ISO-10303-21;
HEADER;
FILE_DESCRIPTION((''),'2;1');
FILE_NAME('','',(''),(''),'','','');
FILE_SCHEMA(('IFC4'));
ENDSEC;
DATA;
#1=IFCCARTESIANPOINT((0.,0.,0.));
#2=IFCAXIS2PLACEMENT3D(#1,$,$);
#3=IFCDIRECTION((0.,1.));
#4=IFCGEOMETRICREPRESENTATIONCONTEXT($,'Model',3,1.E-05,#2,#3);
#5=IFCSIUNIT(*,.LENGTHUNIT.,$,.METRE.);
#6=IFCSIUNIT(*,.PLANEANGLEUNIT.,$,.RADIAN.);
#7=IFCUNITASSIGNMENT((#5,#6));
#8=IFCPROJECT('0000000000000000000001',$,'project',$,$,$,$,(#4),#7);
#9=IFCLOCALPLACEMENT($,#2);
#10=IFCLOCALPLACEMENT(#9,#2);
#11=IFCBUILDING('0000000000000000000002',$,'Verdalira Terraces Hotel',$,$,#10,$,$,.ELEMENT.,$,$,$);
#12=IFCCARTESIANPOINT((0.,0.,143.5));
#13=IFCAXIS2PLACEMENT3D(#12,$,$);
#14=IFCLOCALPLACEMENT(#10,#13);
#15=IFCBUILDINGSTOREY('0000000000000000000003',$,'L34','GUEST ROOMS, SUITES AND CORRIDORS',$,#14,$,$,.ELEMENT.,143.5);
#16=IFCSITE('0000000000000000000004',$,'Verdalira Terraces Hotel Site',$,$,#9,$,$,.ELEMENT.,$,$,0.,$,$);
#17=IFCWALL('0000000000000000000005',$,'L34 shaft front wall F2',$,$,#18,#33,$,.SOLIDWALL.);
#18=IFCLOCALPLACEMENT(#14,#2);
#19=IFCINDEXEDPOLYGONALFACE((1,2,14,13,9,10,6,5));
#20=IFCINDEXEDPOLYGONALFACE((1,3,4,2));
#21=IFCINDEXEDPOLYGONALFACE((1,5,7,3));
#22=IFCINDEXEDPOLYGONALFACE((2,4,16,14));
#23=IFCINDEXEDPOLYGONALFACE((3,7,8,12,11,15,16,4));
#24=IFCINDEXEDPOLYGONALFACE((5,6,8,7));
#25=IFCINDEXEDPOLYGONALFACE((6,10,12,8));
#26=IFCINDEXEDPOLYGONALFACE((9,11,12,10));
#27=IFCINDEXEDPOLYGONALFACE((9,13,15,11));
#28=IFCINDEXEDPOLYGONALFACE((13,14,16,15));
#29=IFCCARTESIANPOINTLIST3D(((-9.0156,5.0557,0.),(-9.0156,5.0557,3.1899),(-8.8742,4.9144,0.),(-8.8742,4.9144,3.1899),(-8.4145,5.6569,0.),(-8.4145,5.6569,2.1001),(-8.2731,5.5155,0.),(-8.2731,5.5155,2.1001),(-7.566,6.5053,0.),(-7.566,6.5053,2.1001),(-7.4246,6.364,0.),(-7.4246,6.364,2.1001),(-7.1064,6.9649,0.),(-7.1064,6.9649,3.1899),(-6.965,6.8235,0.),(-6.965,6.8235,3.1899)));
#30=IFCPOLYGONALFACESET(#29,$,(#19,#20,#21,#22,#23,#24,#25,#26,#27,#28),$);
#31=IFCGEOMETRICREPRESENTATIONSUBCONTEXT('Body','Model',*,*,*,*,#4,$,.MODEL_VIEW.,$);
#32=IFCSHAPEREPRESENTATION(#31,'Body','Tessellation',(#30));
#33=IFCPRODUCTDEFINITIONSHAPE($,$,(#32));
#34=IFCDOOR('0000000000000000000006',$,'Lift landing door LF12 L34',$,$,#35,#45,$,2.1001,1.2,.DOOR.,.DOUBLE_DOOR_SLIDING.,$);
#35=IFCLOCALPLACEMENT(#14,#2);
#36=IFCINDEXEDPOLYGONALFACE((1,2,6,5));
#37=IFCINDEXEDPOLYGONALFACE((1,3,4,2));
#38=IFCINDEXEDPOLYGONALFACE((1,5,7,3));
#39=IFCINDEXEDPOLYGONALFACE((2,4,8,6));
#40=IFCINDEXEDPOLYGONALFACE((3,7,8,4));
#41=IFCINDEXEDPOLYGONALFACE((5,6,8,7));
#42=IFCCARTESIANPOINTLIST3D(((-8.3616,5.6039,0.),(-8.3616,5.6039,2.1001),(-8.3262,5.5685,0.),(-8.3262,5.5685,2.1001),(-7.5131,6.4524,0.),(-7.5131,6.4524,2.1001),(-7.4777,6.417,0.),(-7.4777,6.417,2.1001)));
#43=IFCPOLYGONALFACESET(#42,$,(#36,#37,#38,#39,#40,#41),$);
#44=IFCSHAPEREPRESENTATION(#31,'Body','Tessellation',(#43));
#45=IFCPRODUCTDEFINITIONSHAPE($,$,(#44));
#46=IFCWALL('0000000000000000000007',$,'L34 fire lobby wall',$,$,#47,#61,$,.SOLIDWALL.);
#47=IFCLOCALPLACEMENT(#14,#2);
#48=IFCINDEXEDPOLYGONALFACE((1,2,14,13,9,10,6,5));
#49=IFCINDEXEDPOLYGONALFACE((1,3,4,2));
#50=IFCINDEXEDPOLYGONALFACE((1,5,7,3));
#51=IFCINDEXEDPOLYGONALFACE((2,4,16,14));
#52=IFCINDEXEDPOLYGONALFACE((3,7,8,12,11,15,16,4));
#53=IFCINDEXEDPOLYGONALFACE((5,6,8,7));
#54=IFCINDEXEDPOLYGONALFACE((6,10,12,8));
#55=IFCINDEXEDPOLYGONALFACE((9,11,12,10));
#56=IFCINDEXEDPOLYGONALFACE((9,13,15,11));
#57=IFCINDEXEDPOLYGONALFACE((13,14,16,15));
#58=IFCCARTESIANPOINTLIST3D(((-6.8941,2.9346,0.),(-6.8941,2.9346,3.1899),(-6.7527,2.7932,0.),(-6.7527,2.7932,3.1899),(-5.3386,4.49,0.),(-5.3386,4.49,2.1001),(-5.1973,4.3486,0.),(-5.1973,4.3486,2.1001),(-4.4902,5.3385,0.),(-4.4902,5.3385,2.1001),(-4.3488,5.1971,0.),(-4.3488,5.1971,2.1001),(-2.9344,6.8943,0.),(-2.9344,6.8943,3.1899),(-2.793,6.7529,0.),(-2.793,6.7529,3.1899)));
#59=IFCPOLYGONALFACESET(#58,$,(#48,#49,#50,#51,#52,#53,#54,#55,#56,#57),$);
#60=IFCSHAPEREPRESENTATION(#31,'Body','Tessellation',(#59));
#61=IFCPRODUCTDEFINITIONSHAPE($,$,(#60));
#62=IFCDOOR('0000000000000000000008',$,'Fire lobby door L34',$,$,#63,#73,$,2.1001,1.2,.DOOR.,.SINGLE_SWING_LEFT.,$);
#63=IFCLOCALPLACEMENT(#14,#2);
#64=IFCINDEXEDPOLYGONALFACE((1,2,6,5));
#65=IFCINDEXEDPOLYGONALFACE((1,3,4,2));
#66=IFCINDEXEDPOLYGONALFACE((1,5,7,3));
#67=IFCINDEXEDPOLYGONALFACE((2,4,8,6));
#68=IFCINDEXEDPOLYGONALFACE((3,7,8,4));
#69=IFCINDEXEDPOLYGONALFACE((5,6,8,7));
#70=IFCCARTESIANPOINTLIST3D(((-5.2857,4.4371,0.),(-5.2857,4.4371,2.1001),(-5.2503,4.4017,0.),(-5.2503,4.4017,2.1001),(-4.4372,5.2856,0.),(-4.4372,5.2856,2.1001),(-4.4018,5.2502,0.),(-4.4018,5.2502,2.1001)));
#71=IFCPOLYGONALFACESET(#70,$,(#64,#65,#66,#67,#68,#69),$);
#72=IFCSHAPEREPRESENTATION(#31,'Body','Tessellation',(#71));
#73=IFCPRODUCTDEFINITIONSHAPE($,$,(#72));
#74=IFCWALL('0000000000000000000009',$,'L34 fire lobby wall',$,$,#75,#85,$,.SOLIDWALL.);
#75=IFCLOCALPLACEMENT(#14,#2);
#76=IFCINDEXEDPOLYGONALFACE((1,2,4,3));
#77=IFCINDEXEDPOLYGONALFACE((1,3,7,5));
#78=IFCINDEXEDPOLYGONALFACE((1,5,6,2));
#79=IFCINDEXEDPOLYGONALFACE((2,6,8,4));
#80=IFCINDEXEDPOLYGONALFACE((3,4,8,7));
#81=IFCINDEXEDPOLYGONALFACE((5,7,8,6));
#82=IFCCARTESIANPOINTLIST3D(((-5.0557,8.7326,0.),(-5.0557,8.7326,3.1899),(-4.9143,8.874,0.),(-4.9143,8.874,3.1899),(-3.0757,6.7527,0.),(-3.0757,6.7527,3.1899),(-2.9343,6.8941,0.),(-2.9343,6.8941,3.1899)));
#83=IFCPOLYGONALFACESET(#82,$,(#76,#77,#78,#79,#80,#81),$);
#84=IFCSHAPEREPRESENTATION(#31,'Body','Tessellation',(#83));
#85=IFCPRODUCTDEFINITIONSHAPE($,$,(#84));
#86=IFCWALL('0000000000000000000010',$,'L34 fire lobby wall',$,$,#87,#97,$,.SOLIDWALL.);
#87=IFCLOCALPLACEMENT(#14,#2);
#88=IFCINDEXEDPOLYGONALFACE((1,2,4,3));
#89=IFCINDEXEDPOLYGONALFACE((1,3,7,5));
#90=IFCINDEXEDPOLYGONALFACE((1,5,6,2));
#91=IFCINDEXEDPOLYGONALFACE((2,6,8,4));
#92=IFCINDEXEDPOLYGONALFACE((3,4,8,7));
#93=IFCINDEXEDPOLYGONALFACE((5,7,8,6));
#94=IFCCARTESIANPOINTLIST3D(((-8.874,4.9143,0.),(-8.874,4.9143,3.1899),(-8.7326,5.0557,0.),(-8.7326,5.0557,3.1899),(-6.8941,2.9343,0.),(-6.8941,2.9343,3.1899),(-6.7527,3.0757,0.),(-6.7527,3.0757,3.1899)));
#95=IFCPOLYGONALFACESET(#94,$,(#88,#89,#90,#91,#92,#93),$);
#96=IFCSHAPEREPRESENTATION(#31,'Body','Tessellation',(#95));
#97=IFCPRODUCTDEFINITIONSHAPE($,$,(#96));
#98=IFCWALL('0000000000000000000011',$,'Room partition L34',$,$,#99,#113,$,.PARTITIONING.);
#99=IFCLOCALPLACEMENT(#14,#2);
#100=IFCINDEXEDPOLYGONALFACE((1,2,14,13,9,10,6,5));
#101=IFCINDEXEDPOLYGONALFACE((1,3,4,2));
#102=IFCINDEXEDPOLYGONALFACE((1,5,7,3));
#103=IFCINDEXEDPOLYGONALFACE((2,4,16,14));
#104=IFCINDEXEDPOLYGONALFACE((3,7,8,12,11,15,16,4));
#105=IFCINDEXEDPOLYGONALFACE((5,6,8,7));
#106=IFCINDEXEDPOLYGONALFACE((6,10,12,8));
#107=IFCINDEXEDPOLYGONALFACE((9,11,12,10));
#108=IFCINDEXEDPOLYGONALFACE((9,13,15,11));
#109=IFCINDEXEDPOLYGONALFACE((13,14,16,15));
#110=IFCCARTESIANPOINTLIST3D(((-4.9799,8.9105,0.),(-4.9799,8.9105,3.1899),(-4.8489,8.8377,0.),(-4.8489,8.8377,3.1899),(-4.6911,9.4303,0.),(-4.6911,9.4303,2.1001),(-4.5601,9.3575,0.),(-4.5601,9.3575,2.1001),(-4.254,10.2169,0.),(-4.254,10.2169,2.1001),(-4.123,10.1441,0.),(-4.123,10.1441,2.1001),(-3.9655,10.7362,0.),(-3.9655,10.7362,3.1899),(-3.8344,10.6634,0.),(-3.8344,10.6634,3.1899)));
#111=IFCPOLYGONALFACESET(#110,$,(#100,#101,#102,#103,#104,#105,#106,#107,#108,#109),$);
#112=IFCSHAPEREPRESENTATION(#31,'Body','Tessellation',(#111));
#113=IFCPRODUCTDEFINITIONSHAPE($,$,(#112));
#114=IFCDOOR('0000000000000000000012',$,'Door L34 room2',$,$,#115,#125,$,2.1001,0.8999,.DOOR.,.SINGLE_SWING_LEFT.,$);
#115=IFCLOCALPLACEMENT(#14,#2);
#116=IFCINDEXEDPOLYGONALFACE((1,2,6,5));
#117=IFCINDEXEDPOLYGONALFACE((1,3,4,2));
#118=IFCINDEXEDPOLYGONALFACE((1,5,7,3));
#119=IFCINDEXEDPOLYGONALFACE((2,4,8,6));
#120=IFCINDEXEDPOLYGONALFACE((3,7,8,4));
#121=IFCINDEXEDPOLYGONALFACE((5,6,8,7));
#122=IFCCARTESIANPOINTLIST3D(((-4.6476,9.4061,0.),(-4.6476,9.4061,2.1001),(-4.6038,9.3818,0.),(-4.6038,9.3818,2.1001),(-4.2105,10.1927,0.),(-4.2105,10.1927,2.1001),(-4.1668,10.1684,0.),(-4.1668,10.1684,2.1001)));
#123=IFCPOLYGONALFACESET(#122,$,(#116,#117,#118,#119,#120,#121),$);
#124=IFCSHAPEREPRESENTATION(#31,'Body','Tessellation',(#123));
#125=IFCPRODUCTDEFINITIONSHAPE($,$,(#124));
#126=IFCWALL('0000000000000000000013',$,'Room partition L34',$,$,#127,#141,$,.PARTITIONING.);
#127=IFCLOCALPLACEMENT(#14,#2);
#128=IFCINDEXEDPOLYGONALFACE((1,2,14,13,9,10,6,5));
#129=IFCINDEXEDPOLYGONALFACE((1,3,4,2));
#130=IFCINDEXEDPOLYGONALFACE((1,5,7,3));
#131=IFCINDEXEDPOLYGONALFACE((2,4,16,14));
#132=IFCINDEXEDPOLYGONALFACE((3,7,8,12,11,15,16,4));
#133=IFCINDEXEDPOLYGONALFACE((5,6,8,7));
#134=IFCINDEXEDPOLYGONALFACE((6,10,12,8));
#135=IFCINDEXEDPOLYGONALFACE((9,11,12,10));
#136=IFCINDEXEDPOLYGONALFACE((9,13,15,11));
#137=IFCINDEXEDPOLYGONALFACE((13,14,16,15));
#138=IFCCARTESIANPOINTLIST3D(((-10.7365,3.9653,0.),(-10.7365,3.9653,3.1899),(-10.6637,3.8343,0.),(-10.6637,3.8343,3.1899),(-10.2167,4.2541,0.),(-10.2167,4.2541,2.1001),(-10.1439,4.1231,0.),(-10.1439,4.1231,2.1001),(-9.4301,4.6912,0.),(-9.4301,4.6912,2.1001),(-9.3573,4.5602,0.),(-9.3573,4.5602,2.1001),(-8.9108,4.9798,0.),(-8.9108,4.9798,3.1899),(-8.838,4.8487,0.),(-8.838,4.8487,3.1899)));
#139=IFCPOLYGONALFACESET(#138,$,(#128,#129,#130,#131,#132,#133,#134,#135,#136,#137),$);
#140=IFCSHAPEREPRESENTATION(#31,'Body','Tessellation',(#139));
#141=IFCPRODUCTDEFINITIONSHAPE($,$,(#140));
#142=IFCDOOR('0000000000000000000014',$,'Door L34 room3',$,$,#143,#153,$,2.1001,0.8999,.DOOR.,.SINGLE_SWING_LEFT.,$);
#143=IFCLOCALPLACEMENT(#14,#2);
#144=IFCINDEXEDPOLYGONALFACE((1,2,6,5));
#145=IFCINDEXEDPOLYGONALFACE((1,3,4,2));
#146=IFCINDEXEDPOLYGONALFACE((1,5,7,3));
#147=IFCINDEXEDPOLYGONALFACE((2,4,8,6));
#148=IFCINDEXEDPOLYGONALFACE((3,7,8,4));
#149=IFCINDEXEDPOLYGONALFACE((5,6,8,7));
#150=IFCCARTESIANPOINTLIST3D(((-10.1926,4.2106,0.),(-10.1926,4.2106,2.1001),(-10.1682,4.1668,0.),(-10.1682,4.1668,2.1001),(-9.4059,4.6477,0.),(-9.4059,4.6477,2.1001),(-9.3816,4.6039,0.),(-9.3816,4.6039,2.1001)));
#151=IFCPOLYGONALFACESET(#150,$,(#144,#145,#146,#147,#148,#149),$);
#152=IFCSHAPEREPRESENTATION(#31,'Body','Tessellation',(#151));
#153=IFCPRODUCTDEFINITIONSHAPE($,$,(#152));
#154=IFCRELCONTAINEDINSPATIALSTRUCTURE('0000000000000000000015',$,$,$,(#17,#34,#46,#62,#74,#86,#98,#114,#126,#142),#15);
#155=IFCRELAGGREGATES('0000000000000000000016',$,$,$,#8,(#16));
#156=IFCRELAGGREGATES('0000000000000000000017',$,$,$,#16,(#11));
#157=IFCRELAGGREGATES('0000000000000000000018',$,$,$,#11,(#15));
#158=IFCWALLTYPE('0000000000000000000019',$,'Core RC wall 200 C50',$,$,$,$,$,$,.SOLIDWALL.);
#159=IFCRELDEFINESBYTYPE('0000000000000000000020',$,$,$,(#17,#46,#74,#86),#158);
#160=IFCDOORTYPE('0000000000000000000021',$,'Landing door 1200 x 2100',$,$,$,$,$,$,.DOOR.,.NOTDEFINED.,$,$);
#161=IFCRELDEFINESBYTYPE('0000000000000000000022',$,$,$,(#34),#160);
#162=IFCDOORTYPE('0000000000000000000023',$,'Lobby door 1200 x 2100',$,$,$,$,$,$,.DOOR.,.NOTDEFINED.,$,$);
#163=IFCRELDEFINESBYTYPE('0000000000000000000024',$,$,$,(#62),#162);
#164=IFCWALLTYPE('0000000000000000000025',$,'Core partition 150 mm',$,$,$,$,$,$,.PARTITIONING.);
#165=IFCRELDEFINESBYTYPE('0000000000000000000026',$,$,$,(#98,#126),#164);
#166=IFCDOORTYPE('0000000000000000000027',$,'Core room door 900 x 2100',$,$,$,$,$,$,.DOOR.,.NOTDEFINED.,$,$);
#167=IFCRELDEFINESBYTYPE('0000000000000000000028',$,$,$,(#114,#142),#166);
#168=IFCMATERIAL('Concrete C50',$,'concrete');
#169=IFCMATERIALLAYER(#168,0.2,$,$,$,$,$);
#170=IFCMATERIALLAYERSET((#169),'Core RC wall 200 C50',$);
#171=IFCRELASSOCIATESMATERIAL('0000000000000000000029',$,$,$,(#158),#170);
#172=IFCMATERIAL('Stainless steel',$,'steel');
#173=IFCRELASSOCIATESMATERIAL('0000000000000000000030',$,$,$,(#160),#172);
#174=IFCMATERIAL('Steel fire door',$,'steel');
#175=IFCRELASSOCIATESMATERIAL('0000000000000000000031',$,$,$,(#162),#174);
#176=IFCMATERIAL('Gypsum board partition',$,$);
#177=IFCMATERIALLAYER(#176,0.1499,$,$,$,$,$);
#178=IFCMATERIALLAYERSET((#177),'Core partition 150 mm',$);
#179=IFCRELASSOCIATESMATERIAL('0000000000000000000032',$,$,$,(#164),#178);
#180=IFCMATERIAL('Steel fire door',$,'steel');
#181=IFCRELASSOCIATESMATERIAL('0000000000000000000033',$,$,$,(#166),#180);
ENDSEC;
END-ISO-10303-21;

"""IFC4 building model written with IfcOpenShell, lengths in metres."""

from ifc_helpers import new_model, si_unit, direction, frame, frame_2d, origin, place, context, subcontext, project, spatial, rectangle, extrude, material, layer, layer_set, type_object, element, fill, save


model = new_model("IFC4")

# Units and contexts
model_context = context("Model", 3, precision=1e-05, world=origin(), true_north=direction((0.0, 1.0)))
body_context = subcontext(model_context, "Body", "Model", "MODEL_VIEW")
ifc_project = project(units=[si_unit("LENGTHUNIT", "METRE"), si_unit("PLANEANGLEUNIT", "RADIAN")], contexts=[model_context])

# Site, building, storey
site_placement = place(None, origin())
site = spatial("IfcSite", under=ifc_project, at=site_placement, Name="Verdalira Terraces Hotel Site", CompositionType="ELEMENT", RefElevation=0.0)
building_placement = place(site_placement, origin())
building = spatial("IfcBuilding", under=site, at=building_placement, Name="Verdalira Terraces Hotel", CompositionType="ELEMENT")
storey_placement = place(building_placement, frame((0.0, 0.0, 143.5)))
storey = spatial("IfcBuildingStorey", under=building, at=storey_placement, Name="L34", Description="GUEST ROOMS, SUITES AND CORRIDORS", CompositionType="ELEMENT", Elevation=143.5)

# Walls, openings, doors
ifc_material_1 = material(Name="Concrete C50", Category="concrete")
ifc_layer_1 = layer(ifc_material_1, 0.2)
ifc_layer_set_1 = layer_set([ifc_layer_1], Name="Core RC wall 200 C50")
wall_type_1 = type_object("IfcWallType", Name="Core RC wall 200 C50", PredefinedType="SOLIDWALL", material=ifc_layer_set_1)
ifc_material_2 = material(Name="Stainless steel", Category="steel")
door_type_1 = type_object("IfcDoorType", Name="Landing door 1200 x 2100", OperationType="NOTDEFINED", PredefinedType="DOOR", material=ifc_material_2)
wall_1_placement = place(storey_placement, frame((-7.0356, 6.8943, 0.0), z_axis=(0.0, 0.0, 1.0), x_axis=(-0.707107, -0.707107, 0.0)))
wall_1 = element("IfcWall", 1, at=wall_1_placement, inside=storey, type_object=wall_type_1, Name="L34 shaft front wall F2", PredefinedType="SOLIDWALL", context=body_context, shape_type="SweptSolid", body=[
    extrude(rectangle(XDim=2.7, YDim=0.2, at=frame_2d((1.3501, 0.0))), origin(), (0.0, 0.0, 1.0), 3.1899),
])
opening_1_placement = place(wall_1_placement, frame((0.6499, 0.0, 0.0)))
opening_1 = element("IfcOpeningElement", 2, at=opening_1_placement, cuts=wall_1, PredefinedType="OPENING", context=body_context, shape_type="SweptSolid", body=[
    extrude(rectangle(XDim=1.2, YDim=2.1001, at=frame_2d((0.6001, 1.05))), frame((0.0, 0.1099, 0.0), z_axis=(0.0, -1.0, 0.0), x_axis=(1.0, 0.0, 0.0)), (0.0, 0.0, 1.0), 0.22),
])
door_1_placement = place(opening_1_placement, origin())
door_1 = element("IfcDoor", 3, at=door_1_placement, inside=storey, type_object=door_type_1, Name="Lift landing door LF12 L34", OperationType="DOUBLE_DOOR_SLIDING", OverallHeight=2.1001, OverallWidth=1.2, PredefinedType="DOOR", context=body_context, shape_type="SweptSolid", body=[
    extrude(rectangle(XDim=1.2, YDim=2.1001, at=frame_2d((0.6001, 1.05))), frame((0.0, 0.0249, 0.0), z_axis=(0.0, -1.0, 0.0), x_axis=(1.0, 0.0, 0.0)), (0.0, 0.0, 1.0), 0.05),
])
fill(opening_1, door_1)
wall_2_placement = place(storey_placement, frame((-2.8638, 6.8235, 0.0), z_axis=(0.0, 0.0, 1.0), x_axis=(-0.707107, -0.707107, 0.0)))
wall_2 = element("IfcWall", 4, at=wall_2_placement, inside=storey, type_object=wall_type_1, Name="L34 fire lobby wall", PredefinedType="SOLIDWALL", context=body_context, shape_type="SweptSolid", body=[
    extrude(rectangle(XDim=5.5999, YDim=0.2, at=frame_2d((2.7998, 0.0))), origin(), (0.0, 0.0, 1.0), 3.1899),
])
opening_2_placement = place(wall_2_placement, frame((2.2, 0.0, 0.0)))
opening_2 = element("IfcOpeningElement", 5, at=opening_2_placement, cuts=wall_2, PredefinedType="OPENING", context=body_context, shape_type="SweptSolid", body=[
    extrude(rectangle(XDim=1.2, YDim=2.1001, at=frame_2d((0.6001, 1.05))), frame((0.0, 0.1099, 0.0), z_axis=(0.0, -1.0, 0.0), x_axis=(1.0, 0.0, 0.0)), (0.0, 0.0, 1.0), 0.22),
])
ifc_material_3 = material(Name="Steel fire door", Category="steel")
door_type_2 = type_object("IfcDoorType", Name="Lobby door 1200 x 2100", OperationType="NOTDEFINED", PredefinedType="DOOR", material=ifc_material_3)
door_2_placement = place(opening_2_placement, origin())
door_2 = element("IfcDoor", 6, at=door_2_placement, inside=storey, type_object=door_type_2, Name="Fire lobby door L34", OperationType="SINGLE_SWING_LEFT", OverallHeight=2.1001, OverallWidth=1.2, PredefinedType="DOOR", context=body_context, shape_type="SweptSolid", body=[
    extrude(rectangle(XDim=1.2, YDim=2.1001, at=frame_2d((0.6001, 1.05))), frame((0.0, 0.0249, 0.0), z_axis=(0.0, -1.0, 0.0), x_axis=(1.0, 0.0, 0.0)), (0.0, 0.0, 1.0), 0.05),
])
fill(opening_2, door_2)

# Walls
for number, where, z_axis, x_axis, name in (
    (7, (-3.0051, 6.8235, 0.0), (0.0, 0.0, 1.0), (-0.707107, 0.707107, 0.0), "L34 fire lobby wall"),
    (8, (-6.8235, 3.0051, 0.0), (0.0, 0.0, 1.0), (-0.707107, 0.707107, 0.0), "L34 fire lobby wall"),
):
    element("IfcWall", number, at=place(storey_placement, frame(where, z_axis=z_axis, x_axis=x_axis)), inside=storey, type_object=wall_type_1, Name=name, PredefinedType="SOLIDWALL", context=body_context, shape_type="SweptSolid", body=[
        extrude(rectangle(XDim=2.8, YDim=0.2, at=frame_2d((1.3999, 0.0))), origin(), (0.0, 0.0, 1.0), 3.1899),
    ])

# Walls, openings, doors
ifc_material_4 = material(Name="Gypsum board partition")
ifc_layer_2 = layer(ifc_material_4, 0.1499)
ifc_layer_set_2 = layer_set([ifc_layer_2], Name="Core partition 150 mm")
wall_type_2 = type_object("IfcWallType", Name="Core partition 150 mm", PredefinedType="PARTITIONING", material=ifc_layer_set_2)
wall_3_placement = place(storey_placement, frame((-3.8999, 10.7, 0.0), z_axis=(0.0, 0.0, 1.0), x_axis=(-0.485693, -0.87413, 0.0)))
wall_3 = element("IfcWall", 9, at=wall_3_placement, inside=storey, type_object=wall_type_2, Name="Room partition L34", PredefinedType="PARTITIONING", context=body_context, shape_type="SweptSolid", body=[
    extrude(rectangle(XDim=2.0886, YDim=0.1499, at=frame_2d((1.0444, 0.0))), origin(), (0.0, 0.0, 1.0), 3.1899),
])
opening_3_placement = place(wall_3_placement, frame((0.5942, 0.0, 0.0)))
opening_3 = element("IfcOpeningElement", 10, at=opening_3_placement, cuts=wall_3, PredefinedType="OPENING", context=body_context, shape_type="SweptSolid", body=[
    extrude(rectangle(XDim=0.8999, YDim=2.1001, at=frame_2d((0.45, 1.05))), frame((0.0, 0.085, 0.0), z_axis=(0.0, -1.0, 0.0), x_axis=(1.0, 0.0, 0.0)), (0.0, 0.0, 1.0), 0.1699),
])
ifc_material_5 = material(Name="Steel fire door", Category="steel")
door_type_3 = type_object("IfcDoorType", Name="Core room door 900 x 2100", OperationType="NOTDEFINED", PredefinedType="DOOR", material=ifc_material_5)
door_3_placement = place(opening_3_placement, origin())
door_3 = element("IfcDoor", 11, at=door_3_placement, inside=storey, type_object=door_type_3, Name="Door L34 room2", OperationType="SINGLE_SWING_LEFT", OverallHeight=2.1001, OverallWidth=0.8999, PredefinedType="DOOR", context=body_context, shape_type="SweptSolid", body=[
    extrude(rectangle(XDim=0.8999, YDim=2.1001, at=frame_2d((0.45, 1.05))), frame((0.0, 0.0249, 0.0), z_axis=(0.0, -1.0, 0.0), x_axis=(1.0, 0.0, 0.0)), (0.0, 0.0, 1.0), 0.05),
])
fill(opening_3, door_3)
wall_4_placement = place(storey_placement, frame((-8.8743, 4.9143, 0.0), z_axis=(0.0, 0.0, 1.0), x_axis=(-0.87413, -0.485693, 0.0)))
wall_4 = element("IfcWall", 12, at=wall_4_placement, inside=storey, type_object=wall_type_2, Name="Room partition L34", PredefinedType="PARTITIONING", context=body_context, shape_type="SweptSolid", body=[
    extrude(rectangle(XDim=2.0886, YDim=0.1499, at=frame_2d((1.0444, 0.0))), origin(), (0.0, 0.0, 1.0), 3.1899),
])
opening_4_placement = place(wall_4_placement, frame((0.5942, 0.0, 0.0)))
opening_4 = element("IfcOpeningElement", 13, at=opening_4_placement, cuts=wall_4, PredefinedType="OPENING", context=body_context, shape_type="SweptSolid", body=[
    extrude(rectangle(XDim=0.8999, YDim=2.1001, at=frame_2d((0.45, 1.05))), frame((0.0, 0.085, 0.0), z_axis=(0.0, -1.0, 0.0), x_axis=(1.0, 0.0, 0.0)), (0.0, 0.0, 1.0), 0.1699),
])
door_4_placement = place(opening_4_placement, origin())
door_4 = element("IfcDoor", 14, at=door_4_placement, inside=storey, type_object=door_type_3, Name="Door L34 room3", OperationType="SINGLE_SWING_LEFT", OverallHeight=2.1001, OverallWidth=0.8999, PredefinedType="DOOR", context=body_context, shape_type="SweptSolid", body=[
    extrude(rectangle(XDim=0.8999, YDim=2.1001, at=frame_2d((0.45, 1.05))), frame((0.0, 0.0249, 0.0), z_axis=(0.0, -1.0, 0.0), x_axis=(1.0, 0.0, 0.0)), (0.0, 0.0, 1.0), 0.05),
])
fill(opening_4, door_4)

save(model, "model.ifc")
